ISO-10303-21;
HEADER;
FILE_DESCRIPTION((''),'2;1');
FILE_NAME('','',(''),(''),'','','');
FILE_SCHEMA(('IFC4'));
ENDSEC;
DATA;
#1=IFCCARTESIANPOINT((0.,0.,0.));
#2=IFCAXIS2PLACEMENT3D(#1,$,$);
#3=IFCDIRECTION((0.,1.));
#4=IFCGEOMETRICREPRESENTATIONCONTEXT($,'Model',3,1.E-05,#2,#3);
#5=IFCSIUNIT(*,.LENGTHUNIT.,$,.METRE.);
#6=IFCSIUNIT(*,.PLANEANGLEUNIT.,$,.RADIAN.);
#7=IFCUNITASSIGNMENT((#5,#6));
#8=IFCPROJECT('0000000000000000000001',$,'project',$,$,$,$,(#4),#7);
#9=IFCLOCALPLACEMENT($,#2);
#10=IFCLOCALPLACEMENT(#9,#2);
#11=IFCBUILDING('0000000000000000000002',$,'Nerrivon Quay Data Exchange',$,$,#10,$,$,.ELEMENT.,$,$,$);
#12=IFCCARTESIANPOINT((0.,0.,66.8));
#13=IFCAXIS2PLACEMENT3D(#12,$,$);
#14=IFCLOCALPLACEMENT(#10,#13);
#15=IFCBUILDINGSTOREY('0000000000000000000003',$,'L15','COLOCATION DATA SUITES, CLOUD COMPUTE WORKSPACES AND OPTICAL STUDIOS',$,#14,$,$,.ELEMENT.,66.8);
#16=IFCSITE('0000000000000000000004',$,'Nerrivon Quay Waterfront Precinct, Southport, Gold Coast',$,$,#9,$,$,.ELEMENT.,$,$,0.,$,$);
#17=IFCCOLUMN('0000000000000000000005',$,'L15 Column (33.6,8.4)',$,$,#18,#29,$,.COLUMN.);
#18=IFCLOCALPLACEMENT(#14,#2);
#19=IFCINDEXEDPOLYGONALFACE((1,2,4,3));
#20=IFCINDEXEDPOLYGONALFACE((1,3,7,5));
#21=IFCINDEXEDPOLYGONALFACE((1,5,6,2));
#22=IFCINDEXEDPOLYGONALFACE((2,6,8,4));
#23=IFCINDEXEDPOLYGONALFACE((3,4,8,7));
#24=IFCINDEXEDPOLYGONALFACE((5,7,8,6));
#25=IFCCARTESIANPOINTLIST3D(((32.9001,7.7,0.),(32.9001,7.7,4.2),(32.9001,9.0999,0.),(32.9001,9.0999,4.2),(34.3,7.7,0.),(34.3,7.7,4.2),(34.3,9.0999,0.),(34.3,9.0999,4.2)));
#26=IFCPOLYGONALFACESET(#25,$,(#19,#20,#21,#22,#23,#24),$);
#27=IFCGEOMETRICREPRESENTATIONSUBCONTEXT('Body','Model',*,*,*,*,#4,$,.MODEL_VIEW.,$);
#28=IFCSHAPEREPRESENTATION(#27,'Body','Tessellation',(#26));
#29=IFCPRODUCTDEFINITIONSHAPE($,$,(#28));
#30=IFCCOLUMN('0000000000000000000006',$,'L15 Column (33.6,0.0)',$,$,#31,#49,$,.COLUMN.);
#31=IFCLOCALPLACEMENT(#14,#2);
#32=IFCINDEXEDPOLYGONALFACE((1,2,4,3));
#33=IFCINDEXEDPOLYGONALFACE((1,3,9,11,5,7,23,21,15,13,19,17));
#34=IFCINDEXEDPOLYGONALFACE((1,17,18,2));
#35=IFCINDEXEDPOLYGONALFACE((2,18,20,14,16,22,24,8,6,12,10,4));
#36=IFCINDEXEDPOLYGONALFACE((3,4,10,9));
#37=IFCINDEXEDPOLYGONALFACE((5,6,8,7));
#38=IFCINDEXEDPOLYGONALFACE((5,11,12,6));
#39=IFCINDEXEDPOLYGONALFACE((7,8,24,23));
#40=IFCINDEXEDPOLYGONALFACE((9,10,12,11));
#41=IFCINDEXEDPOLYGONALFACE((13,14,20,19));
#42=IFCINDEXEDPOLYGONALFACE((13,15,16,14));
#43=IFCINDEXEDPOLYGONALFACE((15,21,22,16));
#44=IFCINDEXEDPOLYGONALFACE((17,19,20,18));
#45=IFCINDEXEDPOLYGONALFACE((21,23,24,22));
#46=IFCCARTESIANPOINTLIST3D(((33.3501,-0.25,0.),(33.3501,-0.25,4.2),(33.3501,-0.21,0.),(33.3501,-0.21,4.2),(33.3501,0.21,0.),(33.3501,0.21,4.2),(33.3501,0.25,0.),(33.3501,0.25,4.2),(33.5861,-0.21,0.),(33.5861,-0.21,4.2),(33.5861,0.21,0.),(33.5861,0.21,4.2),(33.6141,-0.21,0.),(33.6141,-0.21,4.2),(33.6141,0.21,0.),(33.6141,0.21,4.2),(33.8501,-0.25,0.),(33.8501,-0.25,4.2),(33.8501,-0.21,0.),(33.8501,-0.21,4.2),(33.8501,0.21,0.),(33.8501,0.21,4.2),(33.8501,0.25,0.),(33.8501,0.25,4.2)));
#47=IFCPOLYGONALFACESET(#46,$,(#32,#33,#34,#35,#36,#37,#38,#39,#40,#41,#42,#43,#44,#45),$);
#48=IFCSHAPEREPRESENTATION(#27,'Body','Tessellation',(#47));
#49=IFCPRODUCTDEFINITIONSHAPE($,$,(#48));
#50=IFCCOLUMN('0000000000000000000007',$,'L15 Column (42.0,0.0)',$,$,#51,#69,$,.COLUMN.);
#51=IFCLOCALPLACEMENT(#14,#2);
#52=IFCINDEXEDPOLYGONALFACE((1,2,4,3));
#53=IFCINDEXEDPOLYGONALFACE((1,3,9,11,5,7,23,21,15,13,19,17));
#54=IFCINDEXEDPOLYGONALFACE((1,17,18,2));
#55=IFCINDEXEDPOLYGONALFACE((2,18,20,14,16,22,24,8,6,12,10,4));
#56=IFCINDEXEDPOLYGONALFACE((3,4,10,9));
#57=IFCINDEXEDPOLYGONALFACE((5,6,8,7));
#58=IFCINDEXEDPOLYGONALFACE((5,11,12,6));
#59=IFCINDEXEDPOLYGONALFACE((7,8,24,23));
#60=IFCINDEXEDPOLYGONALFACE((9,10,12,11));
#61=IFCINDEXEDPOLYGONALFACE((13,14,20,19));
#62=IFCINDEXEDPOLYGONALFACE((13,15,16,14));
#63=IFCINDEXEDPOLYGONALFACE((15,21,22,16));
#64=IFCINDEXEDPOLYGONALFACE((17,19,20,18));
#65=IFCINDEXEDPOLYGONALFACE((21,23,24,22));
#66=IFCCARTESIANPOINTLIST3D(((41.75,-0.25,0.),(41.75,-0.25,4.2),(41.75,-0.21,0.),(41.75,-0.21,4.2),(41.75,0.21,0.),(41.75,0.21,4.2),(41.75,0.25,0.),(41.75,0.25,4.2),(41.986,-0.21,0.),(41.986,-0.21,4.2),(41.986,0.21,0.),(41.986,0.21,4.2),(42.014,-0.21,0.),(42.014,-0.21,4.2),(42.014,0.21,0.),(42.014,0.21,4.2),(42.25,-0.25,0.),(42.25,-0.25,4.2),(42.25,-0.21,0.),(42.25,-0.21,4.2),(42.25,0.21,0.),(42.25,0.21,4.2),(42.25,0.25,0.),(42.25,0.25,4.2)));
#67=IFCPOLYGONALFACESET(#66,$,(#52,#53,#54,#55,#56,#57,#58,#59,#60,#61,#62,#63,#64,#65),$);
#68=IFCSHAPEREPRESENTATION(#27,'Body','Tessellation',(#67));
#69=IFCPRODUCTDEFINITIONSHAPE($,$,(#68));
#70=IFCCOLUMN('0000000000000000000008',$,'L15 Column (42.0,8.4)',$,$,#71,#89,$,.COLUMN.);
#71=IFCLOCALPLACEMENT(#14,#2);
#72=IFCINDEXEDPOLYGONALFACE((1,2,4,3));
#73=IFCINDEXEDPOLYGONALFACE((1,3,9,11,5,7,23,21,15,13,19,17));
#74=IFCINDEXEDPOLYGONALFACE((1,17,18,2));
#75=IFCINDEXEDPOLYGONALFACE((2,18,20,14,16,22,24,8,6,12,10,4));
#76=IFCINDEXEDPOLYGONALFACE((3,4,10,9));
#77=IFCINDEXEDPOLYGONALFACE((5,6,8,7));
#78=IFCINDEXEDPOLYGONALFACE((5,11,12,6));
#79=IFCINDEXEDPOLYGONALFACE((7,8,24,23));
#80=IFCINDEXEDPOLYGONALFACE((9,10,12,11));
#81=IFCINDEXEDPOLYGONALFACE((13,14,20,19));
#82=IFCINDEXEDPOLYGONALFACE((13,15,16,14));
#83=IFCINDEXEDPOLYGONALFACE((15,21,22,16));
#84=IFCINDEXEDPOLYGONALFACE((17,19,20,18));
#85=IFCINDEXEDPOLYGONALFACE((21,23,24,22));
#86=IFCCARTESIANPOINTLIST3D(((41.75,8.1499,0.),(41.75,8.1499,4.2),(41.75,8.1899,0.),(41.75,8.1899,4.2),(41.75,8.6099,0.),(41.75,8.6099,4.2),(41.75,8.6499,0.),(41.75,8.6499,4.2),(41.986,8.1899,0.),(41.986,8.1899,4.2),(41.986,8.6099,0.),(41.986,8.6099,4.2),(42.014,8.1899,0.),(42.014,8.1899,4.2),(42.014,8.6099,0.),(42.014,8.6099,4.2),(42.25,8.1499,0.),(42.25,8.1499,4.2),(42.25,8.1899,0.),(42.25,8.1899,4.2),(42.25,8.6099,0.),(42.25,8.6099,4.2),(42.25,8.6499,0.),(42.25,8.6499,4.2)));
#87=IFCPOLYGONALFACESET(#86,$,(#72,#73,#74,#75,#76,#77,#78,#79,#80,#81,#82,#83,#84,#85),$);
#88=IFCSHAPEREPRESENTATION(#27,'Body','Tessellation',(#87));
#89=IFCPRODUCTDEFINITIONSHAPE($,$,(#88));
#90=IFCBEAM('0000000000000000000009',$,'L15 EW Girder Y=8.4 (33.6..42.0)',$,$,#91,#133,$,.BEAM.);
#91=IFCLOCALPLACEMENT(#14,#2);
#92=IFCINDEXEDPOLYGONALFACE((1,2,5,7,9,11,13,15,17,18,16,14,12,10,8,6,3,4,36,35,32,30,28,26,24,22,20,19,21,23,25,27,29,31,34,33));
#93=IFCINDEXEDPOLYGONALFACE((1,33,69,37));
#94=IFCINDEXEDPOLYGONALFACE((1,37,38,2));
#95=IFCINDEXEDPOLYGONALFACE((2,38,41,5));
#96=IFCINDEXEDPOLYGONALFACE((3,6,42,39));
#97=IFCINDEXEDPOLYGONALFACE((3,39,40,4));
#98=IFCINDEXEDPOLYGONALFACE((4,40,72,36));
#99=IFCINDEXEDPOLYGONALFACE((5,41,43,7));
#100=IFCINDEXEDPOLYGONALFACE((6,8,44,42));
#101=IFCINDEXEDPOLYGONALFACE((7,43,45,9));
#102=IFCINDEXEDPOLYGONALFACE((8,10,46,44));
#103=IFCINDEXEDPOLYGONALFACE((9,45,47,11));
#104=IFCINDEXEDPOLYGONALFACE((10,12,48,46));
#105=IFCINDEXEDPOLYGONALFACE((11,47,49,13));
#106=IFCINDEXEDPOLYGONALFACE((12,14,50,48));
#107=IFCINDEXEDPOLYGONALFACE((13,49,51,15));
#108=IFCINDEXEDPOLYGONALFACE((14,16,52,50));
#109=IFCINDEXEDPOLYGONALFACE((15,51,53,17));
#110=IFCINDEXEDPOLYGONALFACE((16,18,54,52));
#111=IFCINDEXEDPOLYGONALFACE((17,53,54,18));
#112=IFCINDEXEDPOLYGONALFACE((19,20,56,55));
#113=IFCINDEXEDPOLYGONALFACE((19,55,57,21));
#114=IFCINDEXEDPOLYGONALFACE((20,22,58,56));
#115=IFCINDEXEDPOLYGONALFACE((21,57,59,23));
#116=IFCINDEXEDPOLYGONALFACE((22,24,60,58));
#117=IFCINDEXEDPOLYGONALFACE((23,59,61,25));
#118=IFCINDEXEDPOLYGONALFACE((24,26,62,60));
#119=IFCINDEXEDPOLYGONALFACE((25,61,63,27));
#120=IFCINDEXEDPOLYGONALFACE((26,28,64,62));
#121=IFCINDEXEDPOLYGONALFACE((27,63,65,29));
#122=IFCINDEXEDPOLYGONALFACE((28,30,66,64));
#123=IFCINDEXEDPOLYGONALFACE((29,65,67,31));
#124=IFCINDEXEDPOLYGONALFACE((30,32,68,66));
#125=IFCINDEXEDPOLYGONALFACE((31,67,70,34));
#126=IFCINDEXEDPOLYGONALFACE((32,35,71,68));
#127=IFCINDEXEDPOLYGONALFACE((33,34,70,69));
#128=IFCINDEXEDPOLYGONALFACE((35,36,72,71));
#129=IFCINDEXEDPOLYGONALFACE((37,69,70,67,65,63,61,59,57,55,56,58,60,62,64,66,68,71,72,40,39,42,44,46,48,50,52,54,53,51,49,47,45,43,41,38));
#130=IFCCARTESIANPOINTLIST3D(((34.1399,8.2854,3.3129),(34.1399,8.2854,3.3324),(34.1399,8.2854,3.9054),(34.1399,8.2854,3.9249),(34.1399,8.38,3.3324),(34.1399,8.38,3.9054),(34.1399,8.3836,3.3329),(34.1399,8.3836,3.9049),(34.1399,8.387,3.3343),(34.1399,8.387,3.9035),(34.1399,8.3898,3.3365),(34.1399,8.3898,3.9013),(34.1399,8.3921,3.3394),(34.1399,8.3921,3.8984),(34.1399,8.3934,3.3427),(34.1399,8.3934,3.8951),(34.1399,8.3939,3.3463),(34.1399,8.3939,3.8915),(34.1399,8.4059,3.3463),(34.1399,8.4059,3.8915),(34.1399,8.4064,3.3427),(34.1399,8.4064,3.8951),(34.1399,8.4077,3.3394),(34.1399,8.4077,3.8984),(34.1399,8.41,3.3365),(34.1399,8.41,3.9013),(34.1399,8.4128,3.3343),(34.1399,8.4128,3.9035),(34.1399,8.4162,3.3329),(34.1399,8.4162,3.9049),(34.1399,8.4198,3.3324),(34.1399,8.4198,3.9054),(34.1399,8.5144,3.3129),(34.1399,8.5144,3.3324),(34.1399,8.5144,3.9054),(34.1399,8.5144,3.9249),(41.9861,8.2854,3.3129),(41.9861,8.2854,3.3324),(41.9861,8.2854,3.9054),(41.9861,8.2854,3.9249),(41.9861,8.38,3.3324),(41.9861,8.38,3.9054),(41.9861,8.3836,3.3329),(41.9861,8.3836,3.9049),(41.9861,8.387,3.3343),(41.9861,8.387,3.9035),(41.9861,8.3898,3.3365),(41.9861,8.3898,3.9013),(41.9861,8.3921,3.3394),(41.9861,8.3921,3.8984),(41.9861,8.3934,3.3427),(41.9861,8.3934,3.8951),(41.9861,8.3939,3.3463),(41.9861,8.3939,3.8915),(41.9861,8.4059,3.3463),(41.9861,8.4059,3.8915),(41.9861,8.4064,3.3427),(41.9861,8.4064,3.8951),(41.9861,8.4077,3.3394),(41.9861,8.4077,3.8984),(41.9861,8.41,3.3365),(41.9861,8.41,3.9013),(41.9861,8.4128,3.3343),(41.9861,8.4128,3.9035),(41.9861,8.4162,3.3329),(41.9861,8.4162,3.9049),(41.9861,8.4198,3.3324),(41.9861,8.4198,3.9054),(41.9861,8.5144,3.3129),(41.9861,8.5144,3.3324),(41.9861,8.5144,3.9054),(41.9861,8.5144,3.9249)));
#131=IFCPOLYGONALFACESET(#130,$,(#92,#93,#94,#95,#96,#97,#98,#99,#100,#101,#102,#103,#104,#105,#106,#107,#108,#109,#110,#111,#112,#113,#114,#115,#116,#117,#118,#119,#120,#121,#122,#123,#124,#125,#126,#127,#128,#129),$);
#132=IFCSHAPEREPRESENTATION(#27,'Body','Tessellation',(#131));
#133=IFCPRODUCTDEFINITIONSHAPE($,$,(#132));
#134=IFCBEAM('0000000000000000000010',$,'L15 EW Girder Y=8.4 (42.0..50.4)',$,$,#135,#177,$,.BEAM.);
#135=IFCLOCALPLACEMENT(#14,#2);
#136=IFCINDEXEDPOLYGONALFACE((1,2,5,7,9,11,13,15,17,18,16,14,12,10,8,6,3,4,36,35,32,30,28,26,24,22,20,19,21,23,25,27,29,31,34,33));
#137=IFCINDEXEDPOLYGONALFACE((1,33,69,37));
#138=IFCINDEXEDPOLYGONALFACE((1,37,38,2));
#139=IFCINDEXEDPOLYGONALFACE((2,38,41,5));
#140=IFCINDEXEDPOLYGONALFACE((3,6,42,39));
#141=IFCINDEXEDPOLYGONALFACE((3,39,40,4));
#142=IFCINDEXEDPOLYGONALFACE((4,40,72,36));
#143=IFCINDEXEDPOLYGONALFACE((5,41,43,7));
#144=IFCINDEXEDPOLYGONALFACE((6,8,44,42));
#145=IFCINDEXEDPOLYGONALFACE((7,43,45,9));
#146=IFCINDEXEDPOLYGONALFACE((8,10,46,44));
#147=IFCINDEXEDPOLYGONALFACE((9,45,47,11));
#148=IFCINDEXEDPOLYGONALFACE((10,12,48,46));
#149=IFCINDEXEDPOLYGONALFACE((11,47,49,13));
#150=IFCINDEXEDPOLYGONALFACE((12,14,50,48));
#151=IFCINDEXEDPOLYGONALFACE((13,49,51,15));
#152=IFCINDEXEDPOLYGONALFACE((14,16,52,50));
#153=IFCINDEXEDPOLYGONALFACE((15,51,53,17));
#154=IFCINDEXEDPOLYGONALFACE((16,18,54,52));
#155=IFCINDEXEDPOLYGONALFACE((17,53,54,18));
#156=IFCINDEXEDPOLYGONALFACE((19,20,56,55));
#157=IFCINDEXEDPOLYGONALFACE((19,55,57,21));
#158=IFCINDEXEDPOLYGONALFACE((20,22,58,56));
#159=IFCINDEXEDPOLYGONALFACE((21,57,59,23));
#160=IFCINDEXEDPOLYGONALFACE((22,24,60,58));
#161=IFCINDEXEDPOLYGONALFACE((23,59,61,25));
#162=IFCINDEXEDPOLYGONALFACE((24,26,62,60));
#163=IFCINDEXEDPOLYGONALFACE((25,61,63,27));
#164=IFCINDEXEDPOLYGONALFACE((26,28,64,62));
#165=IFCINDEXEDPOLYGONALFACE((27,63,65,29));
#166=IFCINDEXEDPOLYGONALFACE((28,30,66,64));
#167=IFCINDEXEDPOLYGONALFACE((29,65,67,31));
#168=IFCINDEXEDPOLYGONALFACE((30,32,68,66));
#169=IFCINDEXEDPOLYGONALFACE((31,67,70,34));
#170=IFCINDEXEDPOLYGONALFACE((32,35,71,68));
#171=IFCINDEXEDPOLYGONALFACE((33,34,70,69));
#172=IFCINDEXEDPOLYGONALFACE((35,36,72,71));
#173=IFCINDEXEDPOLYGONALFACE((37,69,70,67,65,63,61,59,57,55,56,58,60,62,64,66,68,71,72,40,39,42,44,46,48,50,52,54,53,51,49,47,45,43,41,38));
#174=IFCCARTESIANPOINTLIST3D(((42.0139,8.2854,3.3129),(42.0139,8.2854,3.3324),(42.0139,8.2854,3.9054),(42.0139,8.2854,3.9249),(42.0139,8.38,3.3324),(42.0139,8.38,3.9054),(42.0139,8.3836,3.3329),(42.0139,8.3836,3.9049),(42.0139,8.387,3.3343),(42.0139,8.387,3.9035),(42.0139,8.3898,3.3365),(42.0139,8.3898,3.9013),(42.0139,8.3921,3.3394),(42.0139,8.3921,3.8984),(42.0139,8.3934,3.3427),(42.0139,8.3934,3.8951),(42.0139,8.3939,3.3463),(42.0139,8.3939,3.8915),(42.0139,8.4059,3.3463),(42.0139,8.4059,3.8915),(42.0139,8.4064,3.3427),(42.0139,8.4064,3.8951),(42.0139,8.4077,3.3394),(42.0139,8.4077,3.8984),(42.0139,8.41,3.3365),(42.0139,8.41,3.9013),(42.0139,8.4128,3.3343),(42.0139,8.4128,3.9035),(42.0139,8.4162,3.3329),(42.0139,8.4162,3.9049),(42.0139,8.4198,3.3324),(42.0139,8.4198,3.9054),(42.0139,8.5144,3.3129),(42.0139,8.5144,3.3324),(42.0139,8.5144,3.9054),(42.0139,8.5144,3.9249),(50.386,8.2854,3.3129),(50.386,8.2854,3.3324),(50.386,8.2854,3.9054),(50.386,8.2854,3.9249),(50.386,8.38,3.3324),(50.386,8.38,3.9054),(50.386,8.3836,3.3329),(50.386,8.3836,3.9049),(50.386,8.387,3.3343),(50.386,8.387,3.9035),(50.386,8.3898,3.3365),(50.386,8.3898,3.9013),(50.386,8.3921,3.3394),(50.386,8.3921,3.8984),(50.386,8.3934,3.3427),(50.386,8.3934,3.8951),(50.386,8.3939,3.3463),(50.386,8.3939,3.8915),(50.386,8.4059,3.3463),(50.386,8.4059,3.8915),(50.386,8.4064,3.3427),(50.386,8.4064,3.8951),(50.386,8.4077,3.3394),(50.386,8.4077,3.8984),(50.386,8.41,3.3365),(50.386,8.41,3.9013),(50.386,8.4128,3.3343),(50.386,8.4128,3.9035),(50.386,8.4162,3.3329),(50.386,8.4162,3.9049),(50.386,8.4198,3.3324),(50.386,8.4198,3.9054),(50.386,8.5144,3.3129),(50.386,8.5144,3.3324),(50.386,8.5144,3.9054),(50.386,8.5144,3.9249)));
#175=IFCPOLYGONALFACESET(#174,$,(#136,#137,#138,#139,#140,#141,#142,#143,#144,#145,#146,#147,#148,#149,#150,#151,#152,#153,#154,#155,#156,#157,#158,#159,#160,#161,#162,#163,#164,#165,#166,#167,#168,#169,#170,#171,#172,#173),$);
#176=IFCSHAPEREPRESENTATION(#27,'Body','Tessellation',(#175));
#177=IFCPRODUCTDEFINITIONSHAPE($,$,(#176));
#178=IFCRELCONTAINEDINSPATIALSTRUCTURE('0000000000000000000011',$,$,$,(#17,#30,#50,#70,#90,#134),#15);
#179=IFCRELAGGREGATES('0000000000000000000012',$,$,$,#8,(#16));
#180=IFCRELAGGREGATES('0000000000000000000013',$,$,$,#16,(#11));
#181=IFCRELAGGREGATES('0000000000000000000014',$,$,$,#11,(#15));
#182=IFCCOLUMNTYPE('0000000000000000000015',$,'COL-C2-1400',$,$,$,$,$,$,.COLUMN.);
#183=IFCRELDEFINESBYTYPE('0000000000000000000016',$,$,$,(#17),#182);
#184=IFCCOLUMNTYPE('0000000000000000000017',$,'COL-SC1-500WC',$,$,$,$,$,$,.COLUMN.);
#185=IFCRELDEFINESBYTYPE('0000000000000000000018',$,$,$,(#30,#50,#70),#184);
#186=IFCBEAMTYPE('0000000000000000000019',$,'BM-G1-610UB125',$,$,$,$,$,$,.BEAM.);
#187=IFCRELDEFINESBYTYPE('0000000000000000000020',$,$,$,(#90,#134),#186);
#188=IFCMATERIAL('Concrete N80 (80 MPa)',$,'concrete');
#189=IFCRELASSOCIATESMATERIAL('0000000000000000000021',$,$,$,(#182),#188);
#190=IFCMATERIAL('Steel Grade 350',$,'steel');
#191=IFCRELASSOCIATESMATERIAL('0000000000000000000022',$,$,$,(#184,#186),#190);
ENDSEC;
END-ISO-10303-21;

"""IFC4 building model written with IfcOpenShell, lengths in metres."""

from ifc_helpers import new_model, si_unit, direction, frame, origin, origin_2d, place, context, subcontext, project, spatial, rectangle, i_section, extrude, material, material_profile, profile_set, type_object, element, save


model = new_model("IFC4")

# Units and contexts
model_context = context("Model", 3, precision=1e-05, world=origin(), true_north=direction((0.0, 1.0)))
body_context = subcontext(model_context, "Body", "Model", "MODEL_VIEW")
ifc_project = project(units=[si_unit("LENGTHUNIT", "METRE"), si_unit("PLANEANGLEUNIT", "RADIAN")], contexts=[model_context])

# Site, building, storey
site_placement = place(None, origin())
site = spatial("IfcSite", under=ifc_project, at=site_placement, Name="Nerrivon Quay Waterfront Precinct, Southport, Gold Coast", CompositionType="ELEMENT", RefElevation=0.0)
building_placement = place(site_placement, origin())
building = spatial("IfcBuilding", under=site, at=building_placement, Name="Nerrivon Quay Data Exchange", CompositionType="ELEMENT")
storey_placement = place(building_placement, frame((0.0, 0.0, 66.8)))
storey = spatial("IfcBuildingStorey", under=building, at=storey_placement, Name="L15", Description="COLOCATION DATA SUITES, CLOUD COMPUTE WORKSPACES AND OPTICAL STUDIOS", CompositionType="ELEMENT", Elevation=66.8)

# Columns
ifc_material_1 = material(Name="Concrete N80 (80 MPa)", Category="concrete")
ifc_material_profile_1 = material_profile(ifc_material_1, rectangle(XDim=1.3999, YDim=1.3999, at=origin_2d()), Name="RC-COL-1400x1400")
ifc_profile_set_1 = profile_set([ifc_material_profile_1], Name="Concrete N80 (80 MPa)")
column_type_1 = type_object("IfcColumnType", Name="COL-C2-1400", PredefinedType="COLUMN", material=ifc_profile_set_1)
column_placement = place(storey_placement, frame((33.6001, 8.3999, 0.0), z_axis=(0.0, 0.0, 1.0), x_axis=(1.0, 0.0, 0.0)))
element("IfcColumn", 1, at=column_placement, inside=storey, type_object=column_type_1, Name="L15 Column (33.6,8.4)", PredefinedType="COLUMN", context=body_context, shape_type="SweptSolid", body=[
    extrude(rectangle(XDim=1.3999, YDim=1.3999, at=origin_2d()), origin(), (0.0, 0.0, 1.0), 4.2),
])
ifc_material_2 = material(Name="Steel Grade 350", Category="steel")
ifc_material_profile_2 = material_profile(ifc_material_2, i_section(OverallWidth=0.5, OverallDepth=0.5, WebThickness=0.0281, FlangeThickness=0.04, at=origin_2d()), Name="500WC440")
ifc_profile_set_2 = profile_set([ifc_material_profile_2], Name="Steel Grade 350")
column_type_2 = type_object("IfcColumnType", Name="COL-SC1-500WC", PredefinedType="COLUMN", material=ifc_profile_set_2)
for number, where, z_axis, x_axis, name in (
    (2, (33.6001, 0.0, 0.0), (0.0, 0.0, 1.0), (1.0, 0.0, 0.0), "L15 Column (33.6,0.0)"),
    (3, (42.0, 0.0, 0.0), (0.0, 0.0, 1.0), (1.0, 0.0, 0.0), "L15 Column (42.0,0.0)"),
    (4, (42.0, 8.3999, 0.0), (0.0, 0.0, 1.0), (1.0, 0.0, 0.0), "L15 Column (42.0,8.4)"),
):
    element("IfcColumn", number, at=place(storey_placement, frame(where, z_axis=z_axis, x_axis=x_axis)), inside=storey, type_object=column_type_2, Name=name, PredefinedType="COLUMN", context=body_context, shape_type="SweptSolid", body=[
        extrude(i_section(OverallWidth=0.5, OverallDepth=0.5, WebThickness=0.0281, FlangeThickness=0.04, at=origin_2d()), origin(), (0.0, 0.0, 1.0), 4.2),
    ])

# Beams
ifc_material_profile_3 = material_profile(ifc_material_2, i_section(OverallWidth=0.229, OverallDepth=0.6121, WebThickness=0.012, FlangeThickness=0.0195, FilletRadius=0.0139, at=origin_2d()), Name="610UB125")
ifc_profile_set_3 = profile_set([ifc_material_profile_3], Name="Steel Grade 350")
beam_type_1 = type_object("IfcBeamType", Name="BM-G1-610UB125", PredefinedType="BEAM", material=ifc_profile_set_3)
beam_1_placement = place(storey_placement, frame((34.1399, 8.3999, 3.6189), z_axis=(1.0, 0.0, 0.0), x_axis=(0.0, 1.0, 0.0)))
element("IfcBeam", 5, at=beam_1_placement, inside=storey, type_object=beam_type_1, Name="L15 EW Girder Y=8.4 (33.6..42.0)", PredefinedType="BEAM", context=body_context, shape_type="SweptSolid", body=[
    extrude(i_section(OverallWidth=0.229, OverallDepth=0.6121, WebThickness=0.012, FlangeThickness=0.0195, FilletRadius=0.0139, at=origin_2d()), origin(), (0.0, 0.0, 1.0), 7.8462),
])
beam_2_placement = place(storey_placement, frame((42.0139, 8.3999, 3.6189), z_axis=(1.0, 0.0, 0.0), x_axis=(0.0, 1.0, 0.0)))
element("IfcBeam", 6, at=beam_2_placement, inside=storey, type_object=beam_type_1, Name="L15 EW Girder Y=8.4 (42.0..50.4)", PredefinedType="BEAM", context=body_context, shape_type="SweptSolid", body=[
    extrude(i_section(OverallWidth=0.229, OverallDepth=0.6121, WebThickness=0.012, FlangeThickness=0.0195, FilletRadius=0.0139, at=origin_2d()), origin(), (0.0, 0.0, 1.0), 8.3721),
])

save(model, "model.ifc")
